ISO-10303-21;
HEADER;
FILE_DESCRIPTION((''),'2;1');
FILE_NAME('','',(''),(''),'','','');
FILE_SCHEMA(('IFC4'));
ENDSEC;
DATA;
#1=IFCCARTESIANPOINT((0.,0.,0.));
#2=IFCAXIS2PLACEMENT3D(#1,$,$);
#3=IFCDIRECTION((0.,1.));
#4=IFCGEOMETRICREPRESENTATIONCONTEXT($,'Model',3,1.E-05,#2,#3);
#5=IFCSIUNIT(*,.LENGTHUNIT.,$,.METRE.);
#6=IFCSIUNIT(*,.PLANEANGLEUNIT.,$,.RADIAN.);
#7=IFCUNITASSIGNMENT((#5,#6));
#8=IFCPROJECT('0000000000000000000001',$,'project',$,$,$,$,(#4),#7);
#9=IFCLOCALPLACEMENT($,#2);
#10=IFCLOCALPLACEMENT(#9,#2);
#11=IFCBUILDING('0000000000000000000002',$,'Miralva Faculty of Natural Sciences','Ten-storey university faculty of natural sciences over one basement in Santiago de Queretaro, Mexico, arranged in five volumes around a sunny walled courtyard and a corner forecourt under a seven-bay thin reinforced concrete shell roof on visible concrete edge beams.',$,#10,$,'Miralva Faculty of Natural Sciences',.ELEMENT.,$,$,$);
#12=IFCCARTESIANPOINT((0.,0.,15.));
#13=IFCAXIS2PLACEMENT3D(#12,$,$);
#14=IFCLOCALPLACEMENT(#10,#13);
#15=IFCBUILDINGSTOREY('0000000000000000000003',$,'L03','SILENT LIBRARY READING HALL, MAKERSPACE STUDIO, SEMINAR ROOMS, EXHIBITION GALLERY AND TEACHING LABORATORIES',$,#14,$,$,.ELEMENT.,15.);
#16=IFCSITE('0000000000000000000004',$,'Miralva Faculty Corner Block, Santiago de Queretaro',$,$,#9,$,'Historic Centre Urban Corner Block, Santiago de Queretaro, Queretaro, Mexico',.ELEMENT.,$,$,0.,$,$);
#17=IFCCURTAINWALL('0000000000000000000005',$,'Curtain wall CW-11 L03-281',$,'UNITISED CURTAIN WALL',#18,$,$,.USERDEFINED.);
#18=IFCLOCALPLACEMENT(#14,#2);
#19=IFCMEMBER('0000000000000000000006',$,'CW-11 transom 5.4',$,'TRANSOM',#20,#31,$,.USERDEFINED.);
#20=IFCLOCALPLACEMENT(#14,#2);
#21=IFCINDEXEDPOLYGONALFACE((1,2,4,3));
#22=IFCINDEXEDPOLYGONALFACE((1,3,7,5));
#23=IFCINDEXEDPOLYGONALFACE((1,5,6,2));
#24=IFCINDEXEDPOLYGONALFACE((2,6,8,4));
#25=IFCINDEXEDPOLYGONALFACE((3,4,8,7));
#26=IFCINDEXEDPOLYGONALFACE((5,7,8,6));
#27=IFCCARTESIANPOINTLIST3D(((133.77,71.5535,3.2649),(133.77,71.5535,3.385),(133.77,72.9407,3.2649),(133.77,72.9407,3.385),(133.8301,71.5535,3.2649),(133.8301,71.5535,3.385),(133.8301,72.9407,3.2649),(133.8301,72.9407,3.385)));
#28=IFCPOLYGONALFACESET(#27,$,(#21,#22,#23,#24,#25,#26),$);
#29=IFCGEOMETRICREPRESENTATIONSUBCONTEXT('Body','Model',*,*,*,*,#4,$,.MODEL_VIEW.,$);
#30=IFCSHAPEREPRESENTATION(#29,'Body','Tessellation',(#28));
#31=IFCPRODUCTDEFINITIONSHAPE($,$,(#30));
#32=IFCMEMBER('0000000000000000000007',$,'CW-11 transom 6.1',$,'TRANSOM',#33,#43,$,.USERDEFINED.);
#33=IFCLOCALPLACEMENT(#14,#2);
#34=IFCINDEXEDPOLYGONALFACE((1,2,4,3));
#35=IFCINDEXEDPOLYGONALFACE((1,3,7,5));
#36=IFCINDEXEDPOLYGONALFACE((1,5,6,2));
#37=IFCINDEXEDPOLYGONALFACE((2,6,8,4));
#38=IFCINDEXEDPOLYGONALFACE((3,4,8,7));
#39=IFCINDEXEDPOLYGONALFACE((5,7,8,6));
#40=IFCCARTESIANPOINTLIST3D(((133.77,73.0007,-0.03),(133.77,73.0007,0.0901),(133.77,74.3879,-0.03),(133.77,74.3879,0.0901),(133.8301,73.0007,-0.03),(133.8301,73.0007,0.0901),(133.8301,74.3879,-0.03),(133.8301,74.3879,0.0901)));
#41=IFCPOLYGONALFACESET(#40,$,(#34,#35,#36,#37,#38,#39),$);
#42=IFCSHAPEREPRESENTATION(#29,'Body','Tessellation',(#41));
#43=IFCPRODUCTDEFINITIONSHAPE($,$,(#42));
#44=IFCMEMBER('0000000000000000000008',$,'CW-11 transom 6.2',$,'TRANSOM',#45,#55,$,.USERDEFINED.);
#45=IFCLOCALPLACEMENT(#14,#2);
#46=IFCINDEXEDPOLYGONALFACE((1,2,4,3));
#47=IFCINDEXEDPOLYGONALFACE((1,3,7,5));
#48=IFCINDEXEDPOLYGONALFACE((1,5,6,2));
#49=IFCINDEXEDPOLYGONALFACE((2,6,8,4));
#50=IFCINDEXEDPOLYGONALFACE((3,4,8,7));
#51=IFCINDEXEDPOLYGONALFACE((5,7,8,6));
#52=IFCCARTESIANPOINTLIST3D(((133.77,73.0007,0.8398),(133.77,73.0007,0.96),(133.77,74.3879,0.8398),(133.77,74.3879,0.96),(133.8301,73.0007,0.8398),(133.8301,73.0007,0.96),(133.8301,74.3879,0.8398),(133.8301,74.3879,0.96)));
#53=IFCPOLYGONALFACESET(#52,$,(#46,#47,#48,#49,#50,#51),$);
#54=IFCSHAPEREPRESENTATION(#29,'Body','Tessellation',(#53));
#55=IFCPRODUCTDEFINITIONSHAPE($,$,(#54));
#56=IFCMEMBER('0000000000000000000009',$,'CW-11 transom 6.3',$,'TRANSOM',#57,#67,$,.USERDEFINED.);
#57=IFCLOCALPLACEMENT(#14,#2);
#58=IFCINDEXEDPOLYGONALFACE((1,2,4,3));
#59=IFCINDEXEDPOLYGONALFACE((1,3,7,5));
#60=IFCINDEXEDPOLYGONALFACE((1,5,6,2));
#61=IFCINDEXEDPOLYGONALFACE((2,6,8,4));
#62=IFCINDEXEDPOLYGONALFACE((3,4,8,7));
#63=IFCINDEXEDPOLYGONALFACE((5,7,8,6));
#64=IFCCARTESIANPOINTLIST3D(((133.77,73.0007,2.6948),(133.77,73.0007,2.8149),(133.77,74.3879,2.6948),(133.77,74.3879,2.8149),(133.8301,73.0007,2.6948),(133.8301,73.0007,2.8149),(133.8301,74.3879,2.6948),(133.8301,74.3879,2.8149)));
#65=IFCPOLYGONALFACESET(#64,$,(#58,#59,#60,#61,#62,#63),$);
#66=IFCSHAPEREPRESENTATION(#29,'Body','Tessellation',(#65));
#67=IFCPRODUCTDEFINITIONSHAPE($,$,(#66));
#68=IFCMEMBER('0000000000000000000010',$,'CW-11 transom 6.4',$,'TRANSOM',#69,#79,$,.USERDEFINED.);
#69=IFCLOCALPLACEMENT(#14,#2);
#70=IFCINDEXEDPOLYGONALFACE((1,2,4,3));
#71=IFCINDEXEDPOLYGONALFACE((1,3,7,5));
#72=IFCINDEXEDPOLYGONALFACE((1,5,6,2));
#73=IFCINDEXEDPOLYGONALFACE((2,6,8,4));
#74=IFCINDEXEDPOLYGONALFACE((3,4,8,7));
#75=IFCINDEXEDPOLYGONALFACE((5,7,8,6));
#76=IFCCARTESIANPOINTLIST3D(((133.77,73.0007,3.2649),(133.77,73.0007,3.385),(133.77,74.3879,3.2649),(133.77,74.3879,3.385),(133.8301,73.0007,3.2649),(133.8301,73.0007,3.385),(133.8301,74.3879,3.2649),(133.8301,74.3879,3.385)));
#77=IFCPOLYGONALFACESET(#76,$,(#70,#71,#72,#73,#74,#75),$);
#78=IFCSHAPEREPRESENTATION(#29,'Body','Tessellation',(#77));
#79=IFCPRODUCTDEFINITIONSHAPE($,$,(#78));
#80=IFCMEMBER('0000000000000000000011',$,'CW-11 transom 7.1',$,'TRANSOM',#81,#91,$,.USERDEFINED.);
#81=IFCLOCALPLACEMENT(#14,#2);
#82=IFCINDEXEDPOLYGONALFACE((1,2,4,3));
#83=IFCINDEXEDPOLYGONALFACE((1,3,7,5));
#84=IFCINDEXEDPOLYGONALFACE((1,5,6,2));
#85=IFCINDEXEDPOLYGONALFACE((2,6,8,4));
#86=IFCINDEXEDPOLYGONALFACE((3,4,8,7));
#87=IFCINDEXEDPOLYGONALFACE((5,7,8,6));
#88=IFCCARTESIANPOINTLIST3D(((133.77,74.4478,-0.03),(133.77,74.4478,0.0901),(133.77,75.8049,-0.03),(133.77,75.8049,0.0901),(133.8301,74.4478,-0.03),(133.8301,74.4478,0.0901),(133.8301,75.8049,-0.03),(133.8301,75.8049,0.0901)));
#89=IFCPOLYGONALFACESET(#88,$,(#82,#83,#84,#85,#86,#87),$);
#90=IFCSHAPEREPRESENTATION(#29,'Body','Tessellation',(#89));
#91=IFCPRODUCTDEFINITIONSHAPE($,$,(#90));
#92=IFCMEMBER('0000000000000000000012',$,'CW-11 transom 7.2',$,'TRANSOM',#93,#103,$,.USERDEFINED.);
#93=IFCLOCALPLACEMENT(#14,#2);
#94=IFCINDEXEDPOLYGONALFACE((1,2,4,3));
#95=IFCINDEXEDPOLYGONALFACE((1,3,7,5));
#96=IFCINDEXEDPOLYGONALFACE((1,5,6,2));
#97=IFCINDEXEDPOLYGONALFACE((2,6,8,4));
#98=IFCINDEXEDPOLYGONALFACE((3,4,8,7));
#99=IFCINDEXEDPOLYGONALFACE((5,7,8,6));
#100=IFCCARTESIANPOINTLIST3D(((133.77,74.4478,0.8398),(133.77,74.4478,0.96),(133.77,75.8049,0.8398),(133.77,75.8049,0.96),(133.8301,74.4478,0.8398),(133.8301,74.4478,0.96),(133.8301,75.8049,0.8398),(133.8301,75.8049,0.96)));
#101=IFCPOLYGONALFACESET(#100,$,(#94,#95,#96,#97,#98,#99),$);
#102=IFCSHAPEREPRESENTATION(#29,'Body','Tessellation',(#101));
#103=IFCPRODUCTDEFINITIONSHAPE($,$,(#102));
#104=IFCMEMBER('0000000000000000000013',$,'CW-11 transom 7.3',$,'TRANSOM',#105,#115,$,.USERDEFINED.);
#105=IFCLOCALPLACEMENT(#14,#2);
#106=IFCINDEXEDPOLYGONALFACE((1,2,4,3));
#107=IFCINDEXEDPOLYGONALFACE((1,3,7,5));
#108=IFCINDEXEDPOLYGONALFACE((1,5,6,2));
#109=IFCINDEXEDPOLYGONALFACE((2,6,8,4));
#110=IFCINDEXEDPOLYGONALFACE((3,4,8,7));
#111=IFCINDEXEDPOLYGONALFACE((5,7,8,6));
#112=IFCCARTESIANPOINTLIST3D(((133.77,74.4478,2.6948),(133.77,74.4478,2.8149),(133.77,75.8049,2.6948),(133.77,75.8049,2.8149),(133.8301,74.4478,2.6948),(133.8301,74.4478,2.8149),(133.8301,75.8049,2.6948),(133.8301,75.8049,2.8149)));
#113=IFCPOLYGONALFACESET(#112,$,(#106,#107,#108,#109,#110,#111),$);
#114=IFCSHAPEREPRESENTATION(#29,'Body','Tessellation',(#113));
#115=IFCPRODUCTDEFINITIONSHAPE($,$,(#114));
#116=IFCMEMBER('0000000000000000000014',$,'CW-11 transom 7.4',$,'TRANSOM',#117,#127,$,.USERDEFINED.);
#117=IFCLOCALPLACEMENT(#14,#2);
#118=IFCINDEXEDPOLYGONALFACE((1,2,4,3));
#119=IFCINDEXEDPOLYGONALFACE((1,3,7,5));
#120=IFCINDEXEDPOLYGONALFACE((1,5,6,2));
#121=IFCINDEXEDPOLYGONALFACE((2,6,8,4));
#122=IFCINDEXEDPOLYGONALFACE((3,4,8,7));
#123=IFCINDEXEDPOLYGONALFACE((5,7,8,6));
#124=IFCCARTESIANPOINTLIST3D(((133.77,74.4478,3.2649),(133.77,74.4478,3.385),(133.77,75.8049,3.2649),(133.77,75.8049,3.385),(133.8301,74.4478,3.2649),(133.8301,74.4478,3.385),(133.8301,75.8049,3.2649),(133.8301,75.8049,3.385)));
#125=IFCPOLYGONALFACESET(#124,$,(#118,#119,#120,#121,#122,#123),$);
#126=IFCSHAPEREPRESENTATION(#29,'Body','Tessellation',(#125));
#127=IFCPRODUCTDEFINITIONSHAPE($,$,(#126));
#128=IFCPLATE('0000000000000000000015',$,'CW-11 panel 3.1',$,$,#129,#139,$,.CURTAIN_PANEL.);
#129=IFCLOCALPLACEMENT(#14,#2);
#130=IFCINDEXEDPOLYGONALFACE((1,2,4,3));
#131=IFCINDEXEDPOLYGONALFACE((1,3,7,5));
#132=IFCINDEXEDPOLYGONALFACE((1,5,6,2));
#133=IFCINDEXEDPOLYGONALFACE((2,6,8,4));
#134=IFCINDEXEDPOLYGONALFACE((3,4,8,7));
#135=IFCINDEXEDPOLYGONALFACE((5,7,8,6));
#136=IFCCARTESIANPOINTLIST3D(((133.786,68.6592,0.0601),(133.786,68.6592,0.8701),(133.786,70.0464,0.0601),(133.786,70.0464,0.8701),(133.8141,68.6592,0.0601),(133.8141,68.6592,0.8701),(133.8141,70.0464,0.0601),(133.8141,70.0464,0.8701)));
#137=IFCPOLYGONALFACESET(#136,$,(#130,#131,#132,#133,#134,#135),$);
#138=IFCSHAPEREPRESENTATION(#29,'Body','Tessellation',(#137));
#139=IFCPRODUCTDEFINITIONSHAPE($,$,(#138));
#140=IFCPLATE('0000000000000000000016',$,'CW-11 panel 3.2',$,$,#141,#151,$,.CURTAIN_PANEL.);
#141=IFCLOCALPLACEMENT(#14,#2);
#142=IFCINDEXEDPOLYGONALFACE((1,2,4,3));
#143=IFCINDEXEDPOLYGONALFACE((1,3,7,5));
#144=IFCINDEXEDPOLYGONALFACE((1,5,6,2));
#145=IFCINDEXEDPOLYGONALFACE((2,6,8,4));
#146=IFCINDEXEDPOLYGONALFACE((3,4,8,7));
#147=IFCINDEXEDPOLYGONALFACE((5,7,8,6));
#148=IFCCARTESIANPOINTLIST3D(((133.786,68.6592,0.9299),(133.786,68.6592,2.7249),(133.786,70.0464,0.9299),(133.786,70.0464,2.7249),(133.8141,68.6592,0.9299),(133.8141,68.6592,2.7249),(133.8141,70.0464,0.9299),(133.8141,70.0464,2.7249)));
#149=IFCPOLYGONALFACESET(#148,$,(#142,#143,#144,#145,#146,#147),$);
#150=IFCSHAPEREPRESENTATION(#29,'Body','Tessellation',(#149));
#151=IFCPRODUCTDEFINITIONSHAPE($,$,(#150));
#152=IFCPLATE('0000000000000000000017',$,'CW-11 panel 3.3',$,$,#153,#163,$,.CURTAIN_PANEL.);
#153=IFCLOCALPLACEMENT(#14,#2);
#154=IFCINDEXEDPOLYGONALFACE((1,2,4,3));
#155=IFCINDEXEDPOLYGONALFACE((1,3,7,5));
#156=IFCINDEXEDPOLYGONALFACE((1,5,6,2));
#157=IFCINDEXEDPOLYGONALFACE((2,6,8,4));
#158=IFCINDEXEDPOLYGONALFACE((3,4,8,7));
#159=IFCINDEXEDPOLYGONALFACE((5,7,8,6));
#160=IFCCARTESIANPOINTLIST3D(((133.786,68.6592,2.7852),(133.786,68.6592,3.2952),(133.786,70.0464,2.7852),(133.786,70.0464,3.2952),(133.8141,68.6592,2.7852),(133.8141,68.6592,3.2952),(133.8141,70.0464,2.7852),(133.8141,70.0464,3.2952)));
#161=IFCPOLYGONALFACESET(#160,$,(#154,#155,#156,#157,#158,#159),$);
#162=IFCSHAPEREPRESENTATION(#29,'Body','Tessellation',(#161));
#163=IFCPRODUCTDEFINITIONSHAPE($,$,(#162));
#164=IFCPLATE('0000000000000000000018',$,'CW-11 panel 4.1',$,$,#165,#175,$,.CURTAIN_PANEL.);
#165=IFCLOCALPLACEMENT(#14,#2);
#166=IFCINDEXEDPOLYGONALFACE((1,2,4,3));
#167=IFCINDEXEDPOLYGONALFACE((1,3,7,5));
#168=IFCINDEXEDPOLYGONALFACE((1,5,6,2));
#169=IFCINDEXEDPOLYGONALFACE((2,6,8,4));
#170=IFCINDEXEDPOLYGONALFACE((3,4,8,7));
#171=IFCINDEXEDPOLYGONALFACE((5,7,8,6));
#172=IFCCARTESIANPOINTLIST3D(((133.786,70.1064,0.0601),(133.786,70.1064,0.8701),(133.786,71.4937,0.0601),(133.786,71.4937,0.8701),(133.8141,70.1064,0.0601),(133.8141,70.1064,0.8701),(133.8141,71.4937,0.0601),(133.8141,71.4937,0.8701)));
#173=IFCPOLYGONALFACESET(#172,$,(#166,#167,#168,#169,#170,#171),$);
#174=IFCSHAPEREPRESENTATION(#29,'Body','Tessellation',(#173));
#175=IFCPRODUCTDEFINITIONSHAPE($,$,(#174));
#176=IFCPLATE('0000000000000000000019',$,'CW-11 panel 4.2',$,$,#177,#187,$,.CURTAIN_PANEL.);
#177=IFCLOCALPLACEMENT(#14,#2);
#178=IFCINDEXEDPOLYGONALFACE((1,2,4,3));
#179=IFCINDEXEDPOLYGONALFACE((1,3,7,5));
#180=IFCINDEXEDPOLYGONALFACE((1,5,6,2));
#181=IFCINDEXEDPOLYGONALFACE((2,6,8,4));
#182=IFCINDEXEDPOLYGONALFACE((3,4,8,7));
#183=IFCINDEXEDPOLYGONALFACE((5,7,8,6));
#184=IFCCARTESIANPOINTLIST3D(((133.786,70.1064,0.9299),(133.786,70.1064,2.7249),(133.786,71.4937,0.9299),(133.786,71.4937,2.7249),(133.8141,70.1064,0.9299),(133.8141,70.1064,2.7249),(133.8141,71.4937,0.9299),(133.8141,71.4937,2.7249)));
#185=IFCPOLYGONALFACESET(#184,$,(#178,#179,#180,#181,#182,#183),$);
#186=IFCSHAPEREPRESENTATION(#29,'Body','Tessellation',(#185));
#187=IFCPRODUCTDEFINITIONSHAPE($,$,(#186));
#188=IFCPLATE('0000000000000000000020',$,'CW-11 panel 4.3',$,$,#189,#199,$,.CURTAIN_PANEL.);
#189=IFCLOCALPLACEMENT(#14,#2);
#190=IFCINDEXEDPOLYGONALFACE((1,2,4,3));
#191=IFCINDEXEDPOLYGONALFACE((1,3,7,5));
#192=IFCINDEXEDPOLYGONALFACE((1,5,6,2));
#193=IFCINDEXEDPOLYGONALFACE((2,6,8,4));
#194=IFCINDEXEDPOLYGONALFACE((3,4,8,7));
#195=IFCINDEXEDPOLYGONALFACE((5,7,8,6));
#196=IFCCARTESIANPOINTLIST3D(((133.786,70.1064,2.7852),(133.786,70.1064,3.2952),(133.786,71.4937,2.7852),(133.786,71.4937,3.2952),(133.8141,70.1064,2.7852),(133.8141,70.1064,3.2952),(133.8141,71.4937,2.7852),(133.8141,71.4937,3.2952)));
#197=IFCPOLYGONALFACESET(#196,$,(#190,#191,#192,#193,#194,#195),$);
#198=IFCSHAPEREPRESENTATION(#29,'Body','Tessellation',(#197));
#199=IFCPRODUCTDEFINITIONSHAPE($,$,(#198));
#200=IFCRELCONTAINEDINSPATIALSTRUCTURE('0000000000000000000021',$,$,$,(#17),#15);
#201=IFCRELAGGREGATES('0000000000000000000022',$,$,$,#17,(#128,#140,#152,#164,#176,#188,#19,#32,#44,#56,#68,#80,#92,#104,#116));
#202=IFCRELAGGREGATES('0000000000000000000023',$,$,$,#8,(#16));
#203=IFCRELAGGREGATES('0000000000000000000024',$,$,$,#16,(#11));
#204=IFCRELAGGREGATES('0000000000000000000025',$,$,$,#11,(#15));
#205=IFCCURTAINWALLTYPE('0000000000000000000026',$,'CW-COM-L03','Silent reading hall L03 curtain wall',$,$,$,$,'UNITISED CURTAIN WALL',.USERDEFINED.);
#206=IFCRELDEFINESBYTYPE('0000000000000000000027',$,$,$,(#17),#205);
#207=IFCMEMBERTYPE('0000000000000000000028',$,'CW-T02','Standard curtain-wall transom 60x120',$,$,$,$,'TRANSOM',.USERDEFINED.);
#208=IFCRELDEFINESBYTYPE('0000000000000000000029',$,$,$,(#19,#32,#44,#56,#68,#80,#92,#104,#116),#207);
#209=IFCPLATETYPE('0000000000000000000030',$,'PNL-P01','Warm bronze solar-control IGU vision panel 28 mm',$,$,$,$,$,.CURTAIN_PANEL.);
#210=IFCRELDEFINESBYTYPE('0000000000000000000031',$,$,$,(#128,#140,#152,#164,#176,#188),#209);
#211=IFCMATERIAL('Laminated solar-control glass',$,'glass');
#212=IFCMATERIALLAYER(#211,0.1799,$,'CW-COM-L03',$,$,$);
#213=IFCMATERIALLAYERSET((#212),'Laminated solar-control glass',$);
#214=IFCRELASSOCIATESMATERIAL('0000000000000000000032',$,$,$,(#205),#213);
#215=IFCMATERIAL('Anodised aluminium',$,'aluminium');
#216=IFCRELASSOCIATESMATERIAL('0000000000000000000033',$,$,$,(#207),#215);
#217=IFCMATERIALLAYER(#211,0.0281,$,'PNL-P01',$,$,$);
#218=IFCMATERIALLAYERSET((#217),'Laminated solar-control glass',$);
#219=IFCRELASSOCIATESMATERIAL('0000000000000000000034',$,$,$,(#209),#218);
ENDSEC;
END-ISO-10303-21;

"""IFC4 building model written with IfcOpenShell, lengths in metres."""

from ifc_helpers import new_model, si_unit, direction, frame, origin, origin_2d, place, context, subcontext, project, spatial, rectangle, extrude, material, layer, layer_set, material_profile, profile_set, type_object, element, aggregate, save


model = new_model("IFC4")

# Units and contexts
model_context = context("Model", 3, precision=1e-05, world=origin(), true_north=direction((0.0, 1.0)))
body_context = subcontext(model_context, "Body", "Model", "MODEL_VIEW")
ifc_project = project(units=[si_unit("LENGTHUNIT", "METRE"), si_unit("PLANEANGLEUNIT", "RADIAN")], contexts=[model_context])

# Site, building, storey
site_placement = place(None, origin())
site = spatial("IfcSite", under=ifc_project, at=site_placement, Name="Miralva Faculty Corner Block, Santiago de Queretaro", LongName="Historic Centre Urban Corner Block, Santiago de Queretaro, Queretaro, Mexico", CompositionType="ELEMENT", RefElevation=0.0)
building_placement = place(site_placement, origin())
building = spatial("IfcBuilding", under=site, at=building_placement, Name="Miralva Faculty of Natural Sciences", Description="Ten-storey university faculty of natural sciences over one basement in Santiago de Queretaro, Mexico, arranged in five volumes around a sunny walled courtyard and a corner forecourt under a seven-bay thin reinforced concrete shell roof on visible concrete edge beams.", LongName="Miralva Faculty of Natural Sciences", CompositionType="ELEMENT")
storey_placement = place(building_placement, frame((0.0, 0.0, 15.0)))
storey = spatial("IfcBuildingStorey", under=building, at=storey_placement, Name="L03", Description="SILENT LIBRARY READING HALL, MAKERSPACE STUDIO, SEMINAR ROOMS, EXHIBITION GALLERY AND TEACHING LABORATORIES", CompositionType="ELEMENT", Elevation=15.0)

# Curtain wall, members, plates
ifc_material_1 = material(Name="Laminated solar-control glass", Category="glass")
ifc_layer_1 = layer(ifc_material_1, 0.1799, Name="CW-COM-L03")
ifc_layer_set_1 = layer_set([ifc_layer_1], Name="Laminated solar-control glass")
curtain_wall_type = type_object("IfcCurtainWallType", Name="CW-COM-L03", Description="Silent reading hall L03 curtain wall", ElementType="UNITISED CURTAIN WALL", PredefinedType="USERDEFINED", material=ifc_layer_set_1)
curtain_wall_placement = place(storey_placement, origin())
curtain_wall = element("IfcCurtainWall", 1, at=curtain_wall_placement, inside=storey, type_object=curtain_wall_type, Name="Curtain wall CW-11 L03-281", ObjectType="UNITISED CURTAIN WALL", PredefinedType="USERDEFINED")
ifc_material_2 = material(Name="Anodised aluminium", Category="aluminium")
ifc_material_profile_1 = material_profile(ifc_material_2, rectangle(XDim=0.0601, YDim=0.1201, at=origin_2d()), Name="TRANSOM 60x120")
ifc_profile_set_1 = profile_set([ifc_material_profile_1], Name="Anodised aluminium")
member_type_1 = type_object("IfcMemberType", Name="CW-T02", Description="Standard curtain-wall transom 60x120", ElementType="TRANSOM", PredefinedType="USERDEFINED", material=ifc_profile_set_1)
member_1_placement = place(storey_placement, frame((133.8, 71.5535, 3.325), z_axis=(0.0, 1.0, 0.0), x_axis=(-1.0, 0.0, 0.0)))
member_1 = element("IfcMember", 2, at=member_1_placement, type_object=member_type_1, Name="CW-11 transom 5.4", ObjectType="TRANSOM", PredefinedType="USERDEFINED", context=body_context, shape_type="SweptSolid", body=[
    extrude(rectangle(XDim=0.0601, YDim=0.1201, at=origin_2d()), origin(), (0.0, 0.0, 1.0), 1.3872),
])
member_2_placement = place(storey_placement, frame((133.8, 73.0007, 0.03), z_axis=(0.0, 1.0, 0.0), x_axis=(-1.0, 0.0, 0.0)))
member_2 = element("IfcMember", 3, at=member_2_placement, type_object=member_type_1, Name="CW-11 transom 6.1", ObjectType="TRANSOM", PredefinedType="USERDEFINED", context=body_context, shape_type="SweptSolid", body=[
    extrude(rectangle(XDim=0.0601, YDim=0.1201, at=origin_2d()), origin(), (0.0, 0.0, 1.0), 1.3872),
])
member_3_placement = place(storey_placement, frame((133.8, 73.0007, 0.8999), z_axis=(0.0, 1.0, 0.0), x_axis=(-1.0, 0.0, 0.0)))
member_3 = element("IfcMember", 4, at=member_3_placement, type_object=member_type_1, Name="CW-11 transom 6.2", ObjectType="TRANSOM", PredefinedType="USERDEFINED", context=body_context, shape_type="SweptSolid", body=[
    extrude(rectangle(XDim=0.0601, YDim=0.1201, at=origin_2d()), origin(), (0.0, 0.0, 1.0), 1.3872),
])
member_4_placement = place(storey_placement, frame((133.8, 73.0007, 2.7549), z_axis=(0.0, 1.0, 0.0), x_axis=(-1.0, 0.0, 0.0)))
member_4 = element("IfcMember", 5, at=member_4_placement, type_object=member_type_1, Name="CW-11 transom 6.3", ObjectType="TRANSOM", PredefinedType="USERDEFINED", context=body_context, shape_type="SweptSolid", body=[
    extrude(rectangle(XDim=0.0601, YDim=0.1201, at=origin_2d()), origin(), (0.0, 0.0, 1.0), 1.3872),
])
member_5_placement = place(storey_placement, frame((133.8, 73.0007, 3.325), z_axis=(0.0, 1.0, 0.0), x_axis=(-1.0, 0.0, 0.0)))
member_5 = element("IfcMember", 6, at=member_5_placement, type_object=member_type_1, Name="CW-11 transom 6.4", ObjectType="TRANSOM", PredefinedType="USERDEFINED", context=body_context, shape_type="SweptSolid", body=[
    extrude(rectangle(XDim=0.0601, YDim=0.1201, at=origin_2d()), origin(), (0.0, 0.0, 1.0), 1.3872),
])
member_6_placement = place(storey_placement, frame((133.8, 74.4478, 0.03), z_axis=(0.0, 1.0, 0.0), x_axis=(-1.0, 0.0, 0.0)))
member_6 = element("IfcMember", 7, at=member_6_placement, type_object=member_type_1, Name="CW-11 transom 7.1", ObjectType="TRANSOM", PredefinedType="USERDEFINED", context=body_context, shape_type="SweptSolid", body=[
    extrude(rectangle(XDim=0.0601, YDim=0.1201, at=origin_2d()), origin(), (0.0, 0.0, 1.0), 1.3572),
])
member_7_placement = place(storey_placement, frame((133.8, 74.4478, 0.8999), z_axis=(0.0, 1.0, 0.0), x_axis=(-1.0, 0.0, 0.0)))
member_7 = element("IfcMember", 8, at=member_7_placement, type_object=member_type_1, Name="CW-11 transom 7.2", ObjectType="TRANSOM", PredefinedType="USERDEFINED", context=body_context, shape_type="SweptSolid", body=[
    extrude(rectangle(XDim=0.0601, YDim=0.1201, at=origin_2d()), origin(), (0.0, 0.0, 1.0), 1.3572),
])
member_8_placement = place(storey_placement, frame((133.8, 74.4478, 2.7549), z_axis=(0.0, 1.0, 0.0), x_axis=(-1.0, 0.0, 0.0)))
member_8 = element("IfcMember", 9, at=member_8_placement, type_object=member_type_1, Name="CW-11 transom 7.3", ObjectType="TRANSOM", PredefinedType="USERDEFINED", context=body_context, shape_type="SweptSolid", body=[
    extrude(rectangle(XDim=0.0601, YDim=0.1201, at=origin_2d()), origin(), (0.0, 0.0, 1.0), 1.3572),
])
member_9_placement = place(storey_placement, frame((133.8, 74.4478, 3.325), z_axis=(0.0, 1.0, 0.0), x_axis=(-1.0, 0.0, 0.0)))
member_9 = element("IfcMember", 10, at=member_9_placement, type_object=member_type_1, Name="CW-11 transom 7.4", ObjectType="TRANSOM", PredefinedType="USERDEFINED", context=body_context, shape_type="SweptSolid", body=[
    extrude(rectangle(XDim=0.0601, YDim=0.1201, at=origin_2d()), origin(), (0.0, 0.0, 1.0), 1.3572),
])
ifc_layer_2 = layer(ifc_material_1, 0.0281, Name="PNL-P01")
ifc_layer_set_2 = layer_set([ifc_layer_2], Name="Laminated solar-control glass")
plate_type = type_object("IfcPlateType", Name="PNL-P01", Description="Warm bronze solar-control IGU vision panel 28 mm", PredefinedType="CURTAIN_PANEL", material=ifc_layer_set_2)
plate_1_placement = place(storey_placement, frame((133.8, 69.3528, 0.0601), z_axis=(0.0, 0.0, 1.0), x_axis=(0.0, 1.0, 0.0)))
plate_1 = element("IfcPlate", 11, at=plate_1_placement, type_object=plate_type, Name="CW-11 panel 3.1", PredefinedType="CURTAIN_PANEL", context=body_context, shape_type="SweptSolid", body=[
    extrude(rectangle(XDim=1.3872, YDim=0.0281, at=origin_2d()), origin(), (0.0, 0.0, 1.0), 0.8101),
])
plate_2_placement = place(storey_placement, frame((133.8, 69.3528, 0.9299), z_axis=(0.0, 0.0, 1.0), x_axis=(0.0, 1.0, 0.0)))
plate_2 = element("IfcPlate", 12, at=plate_2_placement, type_object=plate_type, Name="CW-11 panel 3.2", PredefinedType="CURTAIN_PANEL", context=body_context, shape_type="SweptSolid", body=[
    extrude(rectangle(XDim=1.3872, YDim=0.0281, at=origin_2d()), origin(), (0.0, 0.0, 1.0), 1.7949),
])
plate_3_placement = place(storey_placement, frame((133.8, 69.3528, 2.7852), z_axis=(0.0, 0.0, 1.0), x_axis=(0.0, 1.0, 0.0)))
plate_3 = element("IfcPlate", 13, at=plate_3_placement, type_object=plate_type, Name="CW-11 panel 3.3", PredefinedType="CURTAIN_PANEL", context=body_context, shape_type="SweptSolid", body=[
    extrude(rectangle(XDim=1.3872, YDim=0.0281, at=origin_2d()), origin(), (0.0, 0.0, 1.0), 0.51),
])
plate_4_placement = place(storey_placement, frame((133.8, 70.8, 0.0601), z_axis=(0.0, 0.0, 1.0), x_axis=(0.0, 1.0, 0.0)))
plate_4 = element("IfcPlate", 14, at=plate_4_placement, type_object=plate_type, Name="CW-11 panel 4.1", PredefinedType="CURTAIN_PANEL", context=body_context, shape_type="SweptSolid", body=[
    extrude(rectangle(XDim=1.3872, YDim=0.0281, at=origin_2d()), origin(), (0.0, 0.0, 1.0), 0.8101),
])
plate_5_placement = place(storey_placement, frame((133.8, 70.8, 0.9299), z_axis=(0.0, 0.0, 1.0), x_axis=(0.0, 1.0, 0.0)))
plate_5 = element("IfcPlate", 15, at=plate_5_placement, type_object=plate_type, Name="CW-11 panel 4.2", PredefinedType="CURTAIN_PANEL", context=body_context, shape_type="SweptSolid", body=[
    extrude(rectangle(XDim=1.3872, YDim=0.0281, at=origin_2d()), origin(), (0.0, 0.0, 1.0), 1.7949),
])
plate_6_placement = place(storey_placement, frame((133.8, 70.8, 2.7852), z_axis=(0.0, 0.0, 1.0), x_axis=(0.0, 1.0, 0.0)))
plate_6 = element("IfcPlate", 16, at=plate_6_placement, type_object=plate_type, Name="CW-11 panel 4.3", PredefinedType="CURTAIN_PANEL", context=body_context, shape_type="SweptSolid", body=[
    extrude(rectangle(XDim=1.3872, YDim=0.0281, at=origin_2d()), origin(), (0.0, 0.0, 1.0), 0.51),
])
aggregate(curtain_wall, [plate_1, plate_2, plate_3, plate_4, plate_5, plate_6, member_1, member_2, member_3, member_4, member_5, member_6, member_7, member_8, member_9])

save(model, "model.ifc")
